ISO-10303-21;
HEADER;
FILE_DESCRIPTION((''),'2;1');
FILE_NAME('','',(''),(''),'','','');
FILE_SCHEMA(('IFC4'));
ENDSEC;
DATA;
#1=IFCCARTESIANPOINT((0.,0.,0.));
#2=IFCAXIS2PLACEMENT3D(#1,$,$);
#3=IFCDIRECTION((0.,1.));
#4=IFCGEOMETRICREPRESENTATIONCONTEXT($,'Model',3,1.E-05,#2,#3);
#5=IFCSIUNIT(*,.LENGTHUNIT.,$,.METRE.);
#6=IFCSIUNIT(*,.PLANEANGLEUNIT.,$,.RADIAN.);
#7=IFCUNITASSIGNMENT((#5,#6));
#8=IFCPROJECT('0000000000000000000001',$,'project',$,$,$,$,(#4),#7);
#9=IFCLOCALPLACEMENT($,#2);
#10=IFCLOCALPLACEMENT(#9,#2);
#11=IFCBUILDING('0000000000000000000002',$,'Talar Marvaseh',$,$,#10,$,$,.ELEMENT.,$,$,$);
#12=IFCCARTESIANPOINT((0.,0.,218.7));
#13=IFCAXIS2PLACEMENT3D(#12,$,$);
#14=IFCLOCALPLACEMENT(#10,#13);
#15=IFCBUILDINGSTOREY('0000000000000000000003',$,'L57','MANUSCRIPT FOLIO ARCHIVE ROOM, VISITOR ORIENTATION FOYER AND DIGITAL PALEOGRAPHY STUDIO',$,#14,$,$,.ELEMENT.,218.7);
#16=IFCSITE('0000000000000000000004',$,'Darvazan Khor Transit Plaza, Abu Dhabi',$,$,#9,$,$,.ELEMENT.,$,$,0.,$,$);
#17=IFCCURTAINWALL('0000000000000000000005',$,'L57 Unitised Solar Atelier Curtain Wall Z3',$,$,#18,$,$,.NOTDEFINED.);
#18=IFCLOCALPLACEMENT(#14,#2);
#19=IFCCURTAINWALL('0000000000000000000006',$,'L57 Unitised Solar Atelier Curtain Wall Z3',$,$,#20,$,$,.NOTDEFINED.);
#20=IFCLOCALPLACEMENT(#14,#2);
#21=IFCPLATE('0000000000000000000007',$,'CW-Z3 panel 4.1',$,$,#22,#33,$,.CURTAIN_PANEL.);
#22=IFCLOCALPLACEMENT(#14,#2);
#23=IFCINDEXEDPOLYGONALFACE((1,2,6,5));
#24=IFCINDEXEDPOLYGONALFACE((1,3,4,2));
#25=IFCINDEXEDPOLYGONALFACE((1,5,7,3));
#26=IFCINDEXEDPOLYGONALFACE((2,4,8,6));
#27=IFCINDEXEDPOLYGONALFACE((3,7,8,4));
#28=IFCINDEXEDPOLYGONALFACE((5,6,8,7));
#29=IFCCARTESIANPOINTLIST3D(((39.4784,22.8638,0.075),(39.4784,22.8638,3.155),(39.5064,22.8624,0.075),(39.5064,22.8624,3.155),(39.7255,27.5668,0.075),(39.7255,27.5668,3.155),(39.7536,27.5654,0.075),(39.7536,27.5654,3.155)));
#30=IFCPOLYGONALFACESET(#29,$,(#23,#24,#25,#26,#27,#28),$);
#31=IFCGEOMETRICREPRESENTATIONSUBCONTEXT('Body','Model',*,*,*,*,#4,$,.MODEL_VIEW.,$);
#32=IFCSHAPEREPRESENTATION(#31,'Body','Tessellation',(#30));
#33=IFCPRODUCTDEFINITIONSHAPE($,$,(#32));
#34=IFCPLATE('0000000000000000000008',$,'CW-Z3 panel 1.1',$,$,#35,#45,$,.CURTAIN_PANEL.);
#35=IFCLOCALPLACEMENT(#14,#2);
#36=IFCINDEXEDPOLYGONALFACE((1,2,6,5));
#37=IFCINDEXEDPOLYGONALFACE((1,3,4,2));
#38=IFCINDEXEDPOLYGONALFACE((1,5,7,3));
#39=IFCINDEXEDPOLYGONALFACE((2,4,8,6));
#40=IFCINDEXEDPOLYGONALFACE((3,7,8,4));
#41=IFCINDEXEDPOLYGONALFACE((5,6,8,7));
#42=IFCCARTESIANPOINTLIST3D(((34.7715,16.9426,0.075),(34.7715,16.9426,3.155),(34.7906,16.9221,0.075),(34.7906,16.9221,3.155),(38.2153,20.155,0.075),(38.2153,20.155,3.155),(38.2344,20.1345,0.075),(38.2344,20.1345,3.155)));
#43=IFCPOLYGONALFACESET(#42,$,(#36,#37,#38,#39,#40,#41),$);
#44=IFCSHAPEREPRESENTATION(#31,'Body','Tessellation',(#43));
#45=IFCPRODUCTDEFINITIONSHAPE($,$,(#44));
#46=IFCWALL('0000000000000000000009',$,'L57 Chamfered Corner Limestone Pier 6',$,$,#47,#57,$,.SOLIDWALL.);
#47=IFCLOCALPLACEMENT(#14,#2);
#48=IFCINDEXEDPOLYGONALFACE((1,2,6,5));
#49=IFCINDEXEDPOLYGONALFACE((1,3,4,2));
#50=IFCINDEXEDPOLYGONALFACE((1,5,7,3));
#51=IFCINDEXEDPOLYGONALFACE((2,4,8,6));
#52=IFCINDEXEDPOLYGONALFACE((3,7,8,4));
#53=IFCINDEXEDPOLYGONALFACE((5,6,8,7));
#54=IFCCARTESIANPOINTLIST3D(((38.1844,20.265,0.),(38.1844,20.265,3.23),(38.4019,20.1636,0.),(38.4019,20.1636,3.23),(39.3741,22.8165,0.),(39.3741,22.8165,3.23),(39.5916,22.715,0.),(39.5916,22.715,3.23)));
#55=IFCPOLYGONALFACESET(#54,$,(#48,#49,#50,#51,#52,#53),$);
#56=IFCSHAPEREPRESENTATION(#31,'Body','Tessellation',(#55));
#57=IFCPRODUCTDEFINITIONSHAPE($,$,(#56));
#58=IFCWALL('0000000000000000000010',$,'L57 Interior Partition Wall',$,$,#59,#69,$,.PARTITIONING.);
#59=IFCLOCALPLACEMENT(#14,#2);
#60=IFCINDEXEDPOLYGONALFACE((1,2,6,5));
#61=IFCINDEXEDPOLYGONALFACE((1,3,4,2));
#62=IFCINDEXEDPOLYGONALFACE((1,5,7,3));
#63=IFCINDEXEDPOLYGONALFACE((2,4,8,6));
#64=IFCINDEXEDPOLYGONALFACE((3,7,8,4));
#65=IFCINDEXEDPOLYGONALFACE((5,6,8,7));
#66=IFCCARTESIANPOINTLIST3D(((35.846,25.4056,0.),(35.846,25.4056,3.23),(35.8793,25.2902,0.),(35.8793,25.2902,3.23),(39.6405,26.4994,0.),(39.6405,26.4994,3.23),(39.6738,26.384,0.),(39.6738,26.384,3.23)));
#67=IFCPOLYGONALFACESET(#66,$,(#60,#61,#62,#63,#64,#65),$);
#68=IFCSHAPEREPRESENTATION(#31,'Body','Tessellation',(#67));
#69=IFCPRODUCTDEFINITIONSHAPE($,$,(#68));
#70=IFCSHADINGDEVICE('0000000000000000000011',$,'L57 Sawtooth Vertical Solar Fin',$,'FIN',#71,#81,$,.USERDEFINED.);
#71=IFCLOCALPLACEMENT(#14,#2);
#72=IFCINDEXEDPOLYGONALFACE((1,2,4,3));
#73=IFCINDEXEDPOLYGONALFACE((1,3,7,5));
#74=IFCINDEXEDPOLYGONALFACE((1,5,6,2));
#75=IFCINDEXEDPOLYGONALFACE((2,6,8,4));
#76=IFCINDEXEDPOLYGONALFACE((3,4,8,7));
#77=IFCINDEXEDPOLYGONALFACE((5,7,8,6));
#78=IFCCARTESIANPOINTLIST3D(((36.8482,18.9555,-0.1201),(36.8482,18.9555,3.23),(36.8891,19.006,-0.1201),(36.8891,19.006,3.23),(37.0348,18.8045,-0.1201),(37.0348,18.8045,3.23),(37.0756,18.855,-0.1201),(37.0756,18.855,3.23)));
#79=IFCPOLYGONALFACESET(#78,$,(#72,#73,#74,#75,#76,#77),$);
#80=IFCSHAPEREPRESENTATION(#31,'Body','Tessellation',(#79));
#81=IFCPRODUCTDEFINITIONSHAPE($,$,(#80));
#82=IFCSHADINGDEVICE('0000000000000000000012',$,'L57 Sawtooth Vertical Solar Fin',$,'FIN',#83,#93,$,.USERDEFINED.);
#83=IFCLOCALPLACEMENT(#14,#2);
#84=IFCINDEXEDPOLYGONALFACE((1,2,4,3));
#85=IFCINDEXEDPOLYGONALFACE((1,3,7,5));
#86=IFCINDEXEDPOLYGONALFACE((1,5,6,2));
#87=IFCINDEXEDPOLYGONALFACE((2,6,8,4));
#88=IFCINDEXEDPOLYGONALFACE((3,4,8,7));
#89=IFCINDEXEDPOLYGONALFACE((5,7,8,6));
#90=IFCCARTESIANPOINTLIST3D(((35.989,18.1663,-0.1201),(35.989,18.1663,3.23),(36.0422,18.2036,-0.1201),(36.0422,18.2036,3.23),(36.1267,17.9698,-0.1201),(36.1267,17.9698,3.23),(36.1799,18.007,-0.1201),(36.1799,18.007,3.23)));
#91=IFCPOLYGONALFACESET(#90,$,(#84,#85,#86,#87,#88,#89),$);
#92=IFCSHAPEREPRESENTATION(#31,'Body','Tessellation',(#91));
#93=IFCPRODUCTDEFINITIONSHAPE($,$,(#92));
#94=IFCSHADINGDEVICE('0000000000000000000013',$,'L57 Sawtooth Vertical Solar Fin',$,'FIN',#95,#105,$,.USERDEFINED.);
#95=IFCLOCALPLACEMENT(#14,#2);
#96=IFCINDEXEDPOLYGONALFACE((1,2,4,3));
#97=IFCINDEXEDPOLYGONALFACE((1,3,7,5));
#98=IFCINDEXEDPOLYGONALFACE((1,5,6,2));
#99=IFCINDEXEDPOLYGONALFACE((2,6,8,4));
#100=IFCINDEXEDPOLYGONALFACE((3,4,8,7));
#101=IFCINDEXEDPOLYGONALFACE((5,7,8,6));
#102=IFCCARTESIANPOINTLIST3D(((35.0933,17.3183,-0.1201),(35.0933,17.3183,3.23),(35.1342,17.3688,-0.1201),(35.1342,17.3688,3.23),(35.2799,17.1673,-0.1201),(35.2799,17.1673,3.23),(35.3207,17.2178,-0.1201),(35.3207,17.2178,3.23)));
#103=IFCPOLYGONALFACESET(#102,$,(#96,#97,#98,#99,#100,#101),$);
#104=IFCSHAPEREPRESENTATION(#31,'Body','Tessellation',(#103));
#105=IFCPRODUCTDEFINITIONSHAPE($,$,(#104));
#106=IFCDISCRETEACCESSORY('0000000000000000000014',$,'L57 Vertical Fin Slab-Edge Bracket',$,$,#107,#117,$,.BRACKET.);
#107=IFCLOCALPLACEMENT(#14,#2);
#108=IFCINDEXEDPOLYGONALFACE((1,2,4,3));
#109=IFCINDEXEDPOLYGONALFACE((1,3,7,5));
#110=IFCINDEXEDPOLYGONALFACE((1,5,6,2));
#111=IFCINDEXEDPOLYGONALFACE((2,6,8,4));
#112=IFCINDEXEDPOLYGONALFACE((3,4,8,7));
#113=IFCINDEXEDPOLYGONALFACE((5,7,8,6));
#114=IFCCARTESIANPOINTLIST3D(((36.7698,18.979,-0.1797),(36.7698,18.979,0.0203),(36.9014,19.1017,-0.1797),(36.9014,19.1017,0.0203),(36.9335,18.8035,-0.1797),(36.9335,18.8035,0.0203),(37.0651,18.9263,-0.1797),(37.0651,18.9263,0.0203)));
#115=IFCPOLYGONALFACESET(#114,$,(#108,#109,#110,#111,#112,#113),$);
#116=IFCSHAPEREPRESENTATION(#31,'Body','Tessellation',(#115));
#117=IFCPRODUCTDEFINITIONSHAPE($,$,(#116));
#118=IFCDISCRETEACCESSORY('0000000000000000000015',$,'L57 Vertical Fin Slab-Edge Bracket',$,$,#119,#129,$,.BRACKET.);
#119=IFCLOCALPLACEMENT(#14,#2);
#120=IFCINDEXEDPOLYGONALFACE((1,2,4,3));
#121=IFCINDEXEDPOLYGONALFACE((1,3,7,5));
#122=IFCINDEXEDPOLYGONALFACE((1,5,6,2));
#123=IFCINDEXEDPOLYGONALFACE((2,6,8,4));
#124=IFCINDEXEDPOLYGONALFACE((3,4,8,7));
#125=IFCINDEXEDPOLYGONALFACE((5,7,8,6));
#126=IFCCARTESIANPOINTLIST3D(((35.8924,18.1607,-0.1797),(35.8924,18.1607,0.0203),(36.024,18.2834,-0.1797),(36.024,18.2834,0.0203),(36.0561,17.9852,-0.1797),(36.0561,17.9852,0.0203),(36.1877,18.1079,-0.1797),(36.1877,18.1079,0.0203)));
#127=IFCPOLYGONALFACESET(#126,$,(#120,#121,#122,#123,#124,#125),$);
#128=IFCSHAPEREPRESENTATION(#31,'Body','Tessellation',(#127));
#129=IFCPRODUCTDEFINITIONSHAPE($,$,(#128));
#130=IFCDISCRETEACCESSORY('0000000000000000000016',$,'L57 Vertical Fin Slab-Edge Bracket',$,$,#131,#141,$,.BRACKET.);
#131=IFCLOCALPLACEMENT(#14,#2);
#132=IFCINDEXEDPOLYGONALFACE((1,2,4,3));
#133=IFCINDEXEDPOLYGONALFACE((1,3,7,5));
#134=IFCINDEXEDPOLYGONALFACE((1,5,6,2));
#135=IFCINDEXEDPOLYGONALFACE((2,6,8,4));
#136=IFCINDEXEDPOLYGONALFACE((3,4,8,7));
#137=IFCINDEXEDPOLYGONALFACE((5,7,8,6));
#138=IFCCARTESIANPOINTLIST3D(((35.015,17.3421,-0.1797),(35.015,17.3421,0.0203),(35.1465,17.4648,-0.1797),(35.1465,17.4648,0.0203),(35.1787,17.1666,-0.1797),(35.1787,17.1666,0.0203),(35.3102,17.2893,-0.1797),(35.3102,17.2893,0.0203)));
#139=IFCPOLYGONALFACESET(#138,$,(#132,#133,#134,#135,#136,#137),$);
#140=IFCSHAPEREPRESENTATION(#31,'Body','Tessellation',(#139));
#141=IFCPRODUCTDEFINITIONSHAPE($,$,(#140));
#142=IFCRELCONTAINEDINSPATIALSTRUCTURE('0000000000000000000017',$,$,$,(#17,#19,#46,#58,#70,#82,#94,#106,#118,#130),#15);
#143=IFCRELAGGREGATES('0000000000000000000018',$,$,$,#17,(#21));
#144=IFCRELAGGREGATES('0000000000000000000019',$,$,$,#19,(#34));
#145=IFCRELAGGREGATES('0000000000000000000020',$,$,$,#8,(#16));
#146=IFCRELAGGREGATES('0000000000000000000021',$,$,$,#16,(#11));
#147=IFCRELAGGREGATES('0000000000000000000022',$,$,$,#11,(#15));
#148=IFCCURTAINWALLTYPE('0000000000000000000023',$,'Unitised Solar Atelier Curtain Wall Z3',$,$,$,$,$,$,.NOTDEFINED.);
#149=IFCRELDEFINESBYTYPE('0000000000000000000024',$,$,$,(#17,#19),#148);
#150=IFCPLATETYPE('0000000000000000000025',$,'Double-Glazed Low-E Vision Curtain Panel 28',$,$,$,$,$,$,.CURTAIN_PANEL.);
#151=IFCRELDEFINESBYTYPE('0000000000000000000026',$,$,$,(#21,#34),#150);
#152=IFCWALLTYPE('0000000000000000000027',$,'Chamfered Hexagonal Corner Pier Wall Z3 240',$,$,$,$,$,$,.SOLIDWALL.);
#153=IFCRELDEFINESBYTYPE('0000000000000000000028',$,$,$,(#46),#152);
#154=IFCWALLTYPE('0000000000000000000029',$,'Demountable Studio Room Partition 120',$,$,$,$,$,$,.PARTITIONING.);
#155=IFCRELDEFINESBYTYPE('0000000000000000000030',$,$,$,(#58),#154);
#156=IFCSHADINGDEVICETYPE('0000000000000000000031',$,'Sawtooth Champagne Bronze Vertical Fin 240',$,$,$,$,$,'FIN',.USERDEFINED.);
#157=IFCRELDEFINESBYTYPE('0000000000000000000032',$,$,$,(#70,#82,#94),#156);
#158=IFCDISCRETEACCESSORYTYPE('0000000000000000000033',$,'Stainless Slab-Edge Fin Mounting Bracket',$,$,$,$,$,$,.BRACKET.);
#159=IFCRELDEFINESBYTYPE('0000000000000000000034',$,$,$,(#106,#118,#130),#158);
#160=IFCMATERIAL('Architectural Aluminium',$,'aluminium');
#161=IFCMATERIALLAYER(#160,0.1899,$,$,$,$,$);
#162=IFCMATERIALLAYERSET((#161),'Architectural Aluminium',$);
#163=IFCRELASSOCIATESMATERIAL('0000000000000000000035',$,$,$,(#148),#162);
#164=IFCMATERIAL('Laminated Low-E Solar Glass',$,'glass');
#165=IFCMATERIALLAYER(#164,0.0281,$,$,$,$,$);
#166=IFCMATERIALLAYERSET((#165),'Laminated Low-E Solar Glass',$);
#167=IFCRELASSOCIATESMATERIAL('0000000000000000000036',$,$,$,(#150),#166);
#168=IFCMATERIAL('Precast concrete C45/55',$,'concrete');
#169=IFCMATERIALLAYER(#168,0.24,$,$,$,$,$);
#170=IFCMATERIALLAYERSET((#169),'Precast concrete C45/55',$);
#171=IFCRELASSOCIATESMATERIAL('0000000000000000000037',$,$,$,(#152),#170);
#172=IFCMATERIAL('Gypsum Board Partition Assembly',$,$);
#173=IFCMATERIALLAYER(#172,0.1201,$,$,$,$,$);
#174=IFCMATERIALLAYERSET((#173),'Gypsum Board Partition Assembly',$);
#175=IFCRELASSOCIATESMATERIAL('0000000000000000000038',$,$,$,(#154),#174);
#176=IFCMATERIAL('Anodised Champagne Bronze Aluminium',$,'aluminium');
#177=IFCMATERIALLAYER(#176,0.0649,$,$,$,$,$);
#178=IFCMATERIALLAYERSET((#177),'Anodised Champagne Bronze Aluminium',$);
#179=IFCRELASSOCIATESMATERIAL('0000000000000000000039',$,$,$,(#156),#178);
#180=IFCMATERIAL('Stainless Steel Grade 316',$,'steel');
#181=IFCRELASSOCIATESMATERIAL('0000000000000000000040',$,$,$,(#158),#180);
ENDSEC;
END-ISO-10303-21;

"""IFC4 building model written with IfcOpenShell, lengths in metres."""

from ifc_helpers import new_model, si_unit, direction, frame, frame_2d, origin, origin_2d, place, context, subcontext, project, spatial, rectangle, extrude, source, transform, mapped, material, layer, layer_set, type_object, type_shapes, element, aggregate, save


model = new_model("IFC4")

# Units and contexts
model_context = context("Model", 3, precision=1e-05, world=origin(), true_north=direction((0.0, 1.0)))
body_context = subcontext(model_context, "Body", "Model", "MODEL_VIEW")
ifc_project = project(units=[si_unit("LENGTHUNIT", "METRE"), si_unit("PLANEANGLEUNIT", "RADIAN")], contexts=[model_context])

# Site, building, storey
site_placement = place(None, origin())
site = spatial("IfcSite", under=ifc_project, at=site_placement, Name="Darvazan Khor Transit Plaza, Abu Dhabi", CompositionType="ELEMENT", RefElevation=0.0)
building_placement = place(site_placement, origin())
building = spatial("IfcBuilding", under=site, at=building_placement, Name="Talar Marvaseh", CompositionType="ELEMENT")
storey_placement = place(building_placement, frame((0.0, 0.0, 218.7)))
storey = spatial("IfcBuildingStorey", under=building, at=storey_placement, Name="L57", Description="MANUSCRIPT FOLIO ARCHIVE ROOM, VISITOR ORIENTATION FOYER AND DIGITAL PALEOGRAPHY STUDIO", CompositionType="ELEMENT", Elevation=218.7)

# Curtain wall
ifc_material_1 = material(Name="Architectural Aluminium", Category="aluminium")
ifc_layer_1 = layer(ifc_material_1, 0.1899)
ifc_layer_set_1 = layer_set([ifc_layer_1], Name="Architectural Aluminium")
curtain_wall_type = type_object("IfcCurtainWallType", Name="Unitised Solar Atelier Curtain Wall Z3", PredefinedType="NOTDEFINED", material=ifc_layer_set_1)
curtain_wall_1_placement = place(storey_placement, origin())
curtain_wall_1 = element("IfcCurtainWall", 1, at=curtain_wall_1_placement, inside=storey, type_object=curtain_wall_type, Name="L57 Unitised Solar Atelier Curtain Wall Z3", PredefinedType="NOTDEFINED")

# Curtain wall
curtain_wall_2_placement = place(storey_placement, origin())
curtain_wall_2 = element("IfcCurtainWall", 2, at=curtain_wall_2_placement, inside=storey, type_object=curtain_wall_type, Name="L57 Unitised Solar Atelier Curtain Wall Z3", PredefinedType="NOTDEFINED")

# Plates
ifc_material_2 = material(Name="Laminated Low-E Solar Glass", Category="glass")
ifc_layer_2 = layer(ifc_material_2, 0.0281)
ifc_layer_set_2 = layer_set([ifc_layer_2], Name="Laminated Low-E Solar Glass")
plate_type = type_object("IfcPlateType", Name="Double-Glazed Low-E Vision Curtain Panel 28", PredefinedType="CURTAIN_PANEL", material=ifc_layer_set_2)
shared_shape_1 = source(origin(), body_context, "Body", "SweptSolid", [
    extrude(rectangle(XDim=4.7095, YDim=0.0281, at=origin_2d()), origin(), (0.0, 0.0, 1.0), 3.0801),
])
type_shapes(plate_type, [shared_shape_1])
plate_1_placement = place(storey_placement, frame((39.616, 25.2146, 0.075), z_axis=(0.0, 0.0, 1.0), x_axis=(-0.052488, -0.998622, 0.0)))
plate_1 = element("IfcPlate", 3, at=plate_1_placement, type_object=plate_type, Name="CW-Z3 panel 4.1", PredefinedType="CURTAIN_PANEL", context=body_context, shape_type="MappedRepresentation", body=[
    mapped(shared_shape_1, transform((0.0, 0.0, 0.0), x_axis=(1.0, 0.0, 0.0), y_axis=(0.0, 1.0, 0.0), z_axis=(0.0, 0.0, 1.0), scale=1.0)),
])
aggregate(curtain_wall_1, [plate_1])
plate_2_placement = place(storey_placement, frame((36.5029, 18.5386, 0.075), z_axis=(0.0, 0.0, 1.0), x_axis=(-0.731249, -0.68211, 0.0)))
plate_2 = element("IfcPlate", 4, at=plate_2_placement, type_object=plate_type, Name="CW-Z3 panel 1.1", PredefinedType="CURTAIN_PANEL", context=body_context, shape_type="MappedRepresentation", body=[
    mapped(shared_shape_1, transform((0.0, 0.0, 0.0), x_axis=(1.0, 0.0, 0.0), y_axis=(0.0, 1.0, 0.0), z_axis=(0.0, 0.0, 1.0), scale=1.0)),
])
aggregate(curtain_wall_2, [plate_2])

# Wall
ifc_material_3 = material(Name="Precast concrete C45/55", Category="concrete")
ifc_layer_3 = layer(ifc_material_3, 0.24)
ifc_layer_set_3 = layer_set([ifc_layer_3], Name="Precast concrete C45/55")
wall_type_1 = type_object("IfcWallType", Name="Chamfered Hexagonal Corner Pier Wall Z3 240", PredefinedType="SOLIDWALL", material=ifc_layer_set_3)
wall_1_placement = place(storey_placement, frame((39.4829, 22.7659, 0.0), z_axis=(0.0, 0.0, 1.0), x_axis=(-0.422591, -0.90632, 0.0)))
element("IfcWall", 5, at=wall_1_placement, inside=storey, type_object=wall_type_1, Name="L57 Chamfered Corner Limestone Pier 6", PredefinedType="SOLIDWALL", context=body_context, shape_type="SweptSolid", body=[
    extrude(rectangle(XDim=2.8152, YDim=0.24, at=frame_2d((1.4077, 0.0))), origin(), (0.0, 0.0, 1.0), 3.23),
])

# Shared definitions
ifc_material_4 = material(Name="Gypsum Board Partition Assembly")

# Wall
ifc_layer_4 = layer(ifc_material_4, 0.1201)
ifc_layer_set_4 = layer_set([ifc_layer_4], Name="Gypsum Board Partition Assembly")
wall_type_2 = type_object("IfcWallType", Name="Demountable Studio Room Partition 120", PredefinedType="PARTITIONING", material=ifc_layer_set_4)
wall_2_placement = place(storey_placement, frame((35.8625, 25.3479, 0.0), z_axis=(0.0, 0.0, 1.0), x_axis=(0.960877, 0.276974, 0.0)))
element("IfcWall", 6, at=wall_2_placement, inside=storey, type_object=wall_type_2, Name="L57 Interior Partition Wall", PredefinedType="PARTITIONING", context=body_context, shape_type="SweptSolid", body=[
    extrude(rectangle(XDim=3.949, YDim=0.1201, at=frame_2d((1.9746, 0.0))), origin(), (0.0, 0.0, 1.0), 3.23),
])

# Shading devices
ifc_material_5 = material(Name="Anodised Champagne Bronze Aluminium", Category="aluminium")
ifc_layer_5 = layer(ifc_material_5, 0.0649)
ifc_layer_set_5 = layer_set([ifc_layer_5], Name="Anodised Champagne Bronze Aluminium")
shading_device_type = type_object("IfcShadingDeviceType", Name="Sawtooth Champagne Bronze Vertical Fin 240", ElementType="FIN", PredefinedType="USERDEFINED", material=ifc_layer_set_5)
shared_shape_2 = source(origin(), body_context, "Body", "SweptSolid", [
    extrude(rectangle(XDim=0.24, YDim=0.0649, at=origin_2d()), origin(), (0.0, 0.0, 1.0), 3.3501),
])
type_shapes(shading_device_type, [shared_shape_2])
for number, where, z_axis, x_axis, name in (
    (7, (36.9619, 18.9053, -0.1201), (0.0, 0.0, 1.0), (0.777256, -0.629185, 0.0), "L57 Sawtooth Vertical Solar Fin"),
    (8, (36.0845, 18.0867, -0.1201), (0.0, 0.0, 1.0), (0.573719, -0.819052, 0.0), "L57 Sawtooth Vertical Solar Fin"),
    (9, (35.207, 17.2681, -0.1201), (0.0, 0.0, 1.0), (0.777256, -0.629185, 0.0), "L57 Sawtooth Vertical Solar Fin"),
):
    element("IfcShadingDevice", number, at=place(storey_placement, frame(where, z_axis=z_axis, x_axis=x_axis)), inside=storey, type_object=shading_device_type, Name=name, ObjectType="FIN", PredefinedType="USERDEFINED", context=body_context, shape_type="MappedRepresentation", body=[
        mapped(shared_shape_2, transform((0.0, 0.0, 0.0), x_axis=(1.0, 0.0, 0.0), y_axis=(0.0, 1.0, 0.0), z_axis=(0.0, 0.0, 1.0), scale=1.0)),
    ])

# Discrete accessories
ifc_material_6 = material(Name="Stainless Steel Grade 316", Category="steel")
discrete_accessory_type = type_object("IfcDiscreteAccessoryType", Name="Stainless Slab-Edge Fin Mounting Bracket", PredefinedType="BRACKET", material=ifc_material_6)
shared_shape_3 = source(origin(), body_context, "Body", "SweptSolid", [
    extrude(rectangle(XDim=0.24, YDim=0.1799, at=origin_2d()), origin(), (0.0, 0.0, 1.0), 0.2),
])
type_shapes(discrete_accessory_type, [shared_shape_3])
for number, where, z_axis, x_axis, name in (
    (10, (36.9175, 18.9526, -0.1797), (0.0, 0.0, 1.0), (0.682126, -0.731235, 0.0), "L57 Vertical Fin Slab-Edge Bracket"),
    (11, (36.04, 18.1343, -0.1797), (0.0, 0.0, 1.0), (0.682126, -0.731235, 0.0), "L57 Vertical Fin Slab-Edge Bracket"),
    (12, (35.1626, 17.3157, -0.1797), (0.0, 0.0, 1.0), (0.682126, -0.731235, 0.0), "L57 Vertical Fin Slab-Edge Bracket"),
):
    element("IfcDiscreteAccessory", number, at=place(storey_placement, frame(where, z_axis=z_axis, x_axis=x_axis)), inside=storey, type_object=discrete_accessory_type, Name=name, PredefinedType="BRACKET", context=body_context, shape_type="MappedRepresentation", body=[
        mapped(shared_shape_3, transform((0.0, 0.0, 0.0), x_axis=(1.0, 0.0, 0.0), y_axis=(0.0, 1.0, 0.0), z_axis=(0.0, 0.0, 1.0), scale=1.0)),
    ])

save(model, "model.ifc")
